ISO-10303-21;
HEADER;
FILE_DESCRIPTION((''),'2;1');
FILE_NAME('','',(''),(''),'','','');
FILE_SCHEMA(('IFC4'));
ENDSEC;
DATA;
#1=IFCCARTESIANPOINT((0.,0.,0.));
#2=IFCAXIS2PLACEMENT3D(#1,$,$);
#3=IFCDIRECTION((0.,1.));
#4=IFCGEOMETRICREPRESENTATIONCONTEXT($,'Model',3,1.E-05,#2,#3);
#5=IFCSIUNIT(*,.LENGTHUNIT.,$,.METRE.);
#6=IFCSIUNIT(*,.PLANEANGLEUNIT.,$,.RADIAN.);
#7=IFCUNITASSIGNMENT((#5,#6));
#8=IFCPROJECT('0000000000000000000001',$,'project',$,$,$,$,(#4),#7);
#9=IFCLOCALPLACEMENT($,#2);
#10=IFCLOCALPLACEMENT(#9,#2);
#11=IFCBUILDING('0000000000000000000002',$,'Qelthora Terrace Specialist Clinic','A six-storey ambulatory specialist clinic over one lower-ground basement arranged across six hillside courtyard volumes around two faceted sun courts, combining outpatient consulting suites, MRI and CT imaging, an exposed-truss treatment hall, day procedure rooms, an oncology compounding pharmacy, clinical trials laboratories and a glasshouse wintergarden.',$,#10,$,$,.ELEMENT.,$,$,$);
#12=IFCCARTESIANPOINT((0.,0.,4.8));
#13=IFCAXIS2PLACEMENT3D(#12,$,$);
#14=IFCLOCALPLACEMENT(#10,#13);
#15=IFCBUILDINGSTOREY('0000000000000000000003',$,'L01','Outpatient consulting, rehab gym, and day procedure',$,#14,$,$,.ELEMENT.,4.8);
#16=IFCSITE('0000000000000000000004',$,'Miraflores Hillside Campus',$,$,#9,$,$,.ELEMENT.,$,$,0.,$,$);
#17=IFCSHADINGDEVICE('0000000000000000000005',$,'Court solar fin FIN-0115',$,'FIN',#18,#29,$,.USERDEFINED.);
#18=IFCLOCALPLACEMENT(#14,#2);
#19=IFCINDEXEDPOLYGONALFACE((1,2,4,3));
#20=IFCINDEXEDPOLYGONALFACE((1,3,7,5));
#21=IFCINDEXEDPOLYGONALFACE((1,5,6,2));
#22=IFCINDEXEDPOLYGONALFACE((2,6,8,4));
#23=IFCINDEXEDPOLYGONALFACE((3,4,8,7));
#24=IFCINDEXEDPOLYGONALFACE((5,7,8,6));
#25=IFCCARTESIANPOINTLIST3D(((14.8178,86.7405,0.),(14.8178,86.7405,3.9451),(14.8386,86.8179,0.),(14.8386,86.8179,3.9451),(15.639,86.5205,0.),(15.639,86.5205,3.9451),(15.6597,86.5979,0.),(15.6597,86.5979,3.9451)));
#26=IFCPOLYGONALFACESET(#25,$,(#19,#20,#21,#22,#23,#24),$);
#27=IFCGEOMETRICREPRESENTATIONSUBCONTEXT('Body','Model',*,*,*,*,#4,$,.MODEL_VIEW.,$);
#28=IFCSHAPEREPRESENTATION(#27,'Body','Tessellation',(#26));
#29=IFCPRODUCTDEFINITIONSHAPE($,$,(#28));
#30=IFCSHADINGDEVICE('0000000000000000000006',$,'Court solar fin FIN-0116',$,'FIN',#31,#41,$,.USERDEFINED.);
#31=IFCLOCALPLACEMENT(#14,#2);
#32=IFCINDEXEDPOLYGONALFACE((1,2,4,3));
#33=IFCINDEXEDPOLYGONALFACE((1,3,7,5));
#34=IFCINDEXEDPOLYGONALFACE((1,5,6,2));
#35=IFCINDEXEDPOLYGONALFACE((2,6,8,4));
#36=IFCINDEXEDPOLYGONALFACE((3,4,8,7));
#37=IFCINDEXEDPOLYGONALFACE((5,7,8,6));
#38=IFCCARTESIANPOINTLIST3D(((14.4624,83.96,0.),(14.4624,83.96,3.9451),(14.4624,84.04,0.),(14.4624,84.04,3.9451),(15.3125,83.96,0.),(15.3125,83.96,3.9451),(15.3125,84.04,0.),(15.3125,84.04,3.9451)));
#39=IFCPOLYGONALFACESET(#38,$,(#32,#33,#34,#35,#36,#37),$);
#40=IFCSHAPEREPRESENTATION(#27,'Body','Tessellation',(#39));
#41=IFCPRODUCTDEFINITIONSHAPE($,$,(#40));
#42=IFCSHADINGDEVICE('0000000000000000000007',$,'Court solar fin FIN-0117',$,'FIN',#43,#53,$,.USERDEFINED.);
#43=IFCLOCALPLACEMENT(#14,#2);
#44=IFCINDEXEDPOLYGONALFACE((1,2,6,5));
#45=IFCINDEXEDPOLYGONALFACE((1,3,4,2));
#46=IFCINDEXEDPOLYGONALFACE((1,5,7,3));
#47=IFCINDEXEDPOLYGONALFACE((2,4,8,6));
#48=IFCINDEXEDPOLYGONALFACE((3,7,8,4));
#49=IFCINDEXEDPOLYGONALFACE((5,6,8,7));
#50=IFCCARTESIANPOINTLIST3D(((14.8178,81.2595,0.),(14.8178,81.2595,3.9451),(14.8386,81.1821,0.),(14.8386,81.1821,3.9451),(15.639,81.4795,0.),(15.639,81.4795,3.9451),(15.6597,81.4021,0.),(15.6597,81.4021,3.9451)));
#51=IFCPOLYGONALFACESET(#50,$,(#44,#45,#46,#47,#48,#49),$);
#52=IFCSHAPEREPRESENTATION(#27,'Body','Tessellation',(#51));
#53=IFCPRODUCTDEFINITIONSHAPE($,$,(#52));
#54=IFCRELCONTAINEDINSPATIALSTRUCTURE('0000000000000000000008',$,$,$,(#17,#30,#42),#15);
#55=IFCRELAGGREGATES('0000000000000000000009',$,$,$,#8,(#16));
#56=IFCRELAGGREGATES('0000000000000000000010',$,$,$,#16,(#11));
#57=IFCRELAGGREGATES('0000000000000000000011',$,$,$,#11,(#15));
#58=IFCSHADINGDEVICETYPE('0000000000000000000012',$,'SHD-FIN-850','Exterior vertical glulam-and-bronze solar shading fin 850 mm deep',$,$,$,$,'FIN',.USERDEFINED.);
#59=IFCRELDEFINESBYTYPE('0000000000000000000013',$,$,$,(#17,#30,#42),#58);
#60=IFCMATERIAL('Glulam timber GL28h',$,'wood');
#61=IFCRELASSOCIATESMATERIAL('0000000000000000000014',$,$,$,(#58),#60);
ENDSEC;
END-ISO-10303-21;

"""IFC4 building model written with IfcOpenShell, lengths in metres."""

from ifc_helpers import new_model, si_unit, direction, frame, origin, origin_2d, place, context, subcontext, project, spatial, rectangle, extrude, material, type_object, element, save


model = new_model("IFC4")

# Units and contexts
model_context = context("Model", 3, precision=1e-05, world=origin(), true_north=direction((0.0, 1.0)))
body_context = subcontext(model_context, "Body", "Model", "MODEL_VIEW")
ifc_project = project(units=[si_unit("LENGTHUNIT", "METRE"), si_unit("PLANEANGLEUNIT", "RADIAN")], contexts=[model_context])

# Site, building, storey
site_placement = place(None, origin())
site = spatial("IfcSite", under=ifc_project, at=site_placement, Name="Miraflores Hillside Campus", CompositionType="ELEMENT", RefElevation=0.0)
building_placement = place(site_placement, origin())
building = spatial("IfcBuilding", under=site, at=building_placement, Name="Qelthora Terrace Specialist Clinic", Description="A six-storey ambulatory specialist clinic over one lower-ground basement arranged across six hillside courtyard volumes around two faceted sun courts, combining outpatient consulting suites, MRI and CT imaging, an exposed-truss treatment hall, day procedure rooms, an oncology compounding pharmacy, clinical trials laboratories and a glasshouse wintergarden.", CompositionType="ELEMENT")
storey_placement = place(building_placement, frame((0.0, 0.0, 4.8)))
storey = spatial("IfcBuildingStorey", under=building, at=storey_placement, Name="L01", Description="Outpatient consulting, rehab gym, and day procedure", CompositionType="ELEMENT", Elevation=4.8)

# Shading devices
ifc_material_1 = material(Name="Glulam timber GL28h", Category="wood")
shading_device_type = type_object("IfcShadingDeviceType", Name="SHD-FIN-850", Description="Exterior vertical glulam-and-bronze solar shading fin 850 mm deep", ElementType="FIN", PredefinedType="USERDEFINED", material=ifc_material_1)
for number, where, z_axis, x_axis, name in (
    (1, (15.2388, 86.6692, 0.0), (0.0, 0.0, 1.0), (0.965926, -0.258819, 0.0), "Court solar fin FIN-0115"),
    (2, (14.8875, 84.0, 0.0), (0.0, 0.0, 1.0), (1.0, 0.0, 0.0), "Court solar fin FIN-0116"),
    (3, (15.2388, 81.3308, 0.0), (0.0, 0.0, 1.0), (0.965926, 0.258819, 0.0), "Court solar fin FIN-0117"),
):
    element("IfcShadingDevice", number, at=place(storey_placement, frame(where, z_axis=z_axis, x_axis=x_axis)), inside=storey, type_object=shading_device_type, Name=name, ObjectType="FIN", PredefinedType="USERDEFINED", context=body_context, shape_type="SweptSolid", body=[
        extrude(rectangle(XDim=0.8501, YDim=0.0801, at=origin_2d()), origin(), (0.0, 0.0, 1.0), 3.9451),
    ])

save(model, "model.ifc")
